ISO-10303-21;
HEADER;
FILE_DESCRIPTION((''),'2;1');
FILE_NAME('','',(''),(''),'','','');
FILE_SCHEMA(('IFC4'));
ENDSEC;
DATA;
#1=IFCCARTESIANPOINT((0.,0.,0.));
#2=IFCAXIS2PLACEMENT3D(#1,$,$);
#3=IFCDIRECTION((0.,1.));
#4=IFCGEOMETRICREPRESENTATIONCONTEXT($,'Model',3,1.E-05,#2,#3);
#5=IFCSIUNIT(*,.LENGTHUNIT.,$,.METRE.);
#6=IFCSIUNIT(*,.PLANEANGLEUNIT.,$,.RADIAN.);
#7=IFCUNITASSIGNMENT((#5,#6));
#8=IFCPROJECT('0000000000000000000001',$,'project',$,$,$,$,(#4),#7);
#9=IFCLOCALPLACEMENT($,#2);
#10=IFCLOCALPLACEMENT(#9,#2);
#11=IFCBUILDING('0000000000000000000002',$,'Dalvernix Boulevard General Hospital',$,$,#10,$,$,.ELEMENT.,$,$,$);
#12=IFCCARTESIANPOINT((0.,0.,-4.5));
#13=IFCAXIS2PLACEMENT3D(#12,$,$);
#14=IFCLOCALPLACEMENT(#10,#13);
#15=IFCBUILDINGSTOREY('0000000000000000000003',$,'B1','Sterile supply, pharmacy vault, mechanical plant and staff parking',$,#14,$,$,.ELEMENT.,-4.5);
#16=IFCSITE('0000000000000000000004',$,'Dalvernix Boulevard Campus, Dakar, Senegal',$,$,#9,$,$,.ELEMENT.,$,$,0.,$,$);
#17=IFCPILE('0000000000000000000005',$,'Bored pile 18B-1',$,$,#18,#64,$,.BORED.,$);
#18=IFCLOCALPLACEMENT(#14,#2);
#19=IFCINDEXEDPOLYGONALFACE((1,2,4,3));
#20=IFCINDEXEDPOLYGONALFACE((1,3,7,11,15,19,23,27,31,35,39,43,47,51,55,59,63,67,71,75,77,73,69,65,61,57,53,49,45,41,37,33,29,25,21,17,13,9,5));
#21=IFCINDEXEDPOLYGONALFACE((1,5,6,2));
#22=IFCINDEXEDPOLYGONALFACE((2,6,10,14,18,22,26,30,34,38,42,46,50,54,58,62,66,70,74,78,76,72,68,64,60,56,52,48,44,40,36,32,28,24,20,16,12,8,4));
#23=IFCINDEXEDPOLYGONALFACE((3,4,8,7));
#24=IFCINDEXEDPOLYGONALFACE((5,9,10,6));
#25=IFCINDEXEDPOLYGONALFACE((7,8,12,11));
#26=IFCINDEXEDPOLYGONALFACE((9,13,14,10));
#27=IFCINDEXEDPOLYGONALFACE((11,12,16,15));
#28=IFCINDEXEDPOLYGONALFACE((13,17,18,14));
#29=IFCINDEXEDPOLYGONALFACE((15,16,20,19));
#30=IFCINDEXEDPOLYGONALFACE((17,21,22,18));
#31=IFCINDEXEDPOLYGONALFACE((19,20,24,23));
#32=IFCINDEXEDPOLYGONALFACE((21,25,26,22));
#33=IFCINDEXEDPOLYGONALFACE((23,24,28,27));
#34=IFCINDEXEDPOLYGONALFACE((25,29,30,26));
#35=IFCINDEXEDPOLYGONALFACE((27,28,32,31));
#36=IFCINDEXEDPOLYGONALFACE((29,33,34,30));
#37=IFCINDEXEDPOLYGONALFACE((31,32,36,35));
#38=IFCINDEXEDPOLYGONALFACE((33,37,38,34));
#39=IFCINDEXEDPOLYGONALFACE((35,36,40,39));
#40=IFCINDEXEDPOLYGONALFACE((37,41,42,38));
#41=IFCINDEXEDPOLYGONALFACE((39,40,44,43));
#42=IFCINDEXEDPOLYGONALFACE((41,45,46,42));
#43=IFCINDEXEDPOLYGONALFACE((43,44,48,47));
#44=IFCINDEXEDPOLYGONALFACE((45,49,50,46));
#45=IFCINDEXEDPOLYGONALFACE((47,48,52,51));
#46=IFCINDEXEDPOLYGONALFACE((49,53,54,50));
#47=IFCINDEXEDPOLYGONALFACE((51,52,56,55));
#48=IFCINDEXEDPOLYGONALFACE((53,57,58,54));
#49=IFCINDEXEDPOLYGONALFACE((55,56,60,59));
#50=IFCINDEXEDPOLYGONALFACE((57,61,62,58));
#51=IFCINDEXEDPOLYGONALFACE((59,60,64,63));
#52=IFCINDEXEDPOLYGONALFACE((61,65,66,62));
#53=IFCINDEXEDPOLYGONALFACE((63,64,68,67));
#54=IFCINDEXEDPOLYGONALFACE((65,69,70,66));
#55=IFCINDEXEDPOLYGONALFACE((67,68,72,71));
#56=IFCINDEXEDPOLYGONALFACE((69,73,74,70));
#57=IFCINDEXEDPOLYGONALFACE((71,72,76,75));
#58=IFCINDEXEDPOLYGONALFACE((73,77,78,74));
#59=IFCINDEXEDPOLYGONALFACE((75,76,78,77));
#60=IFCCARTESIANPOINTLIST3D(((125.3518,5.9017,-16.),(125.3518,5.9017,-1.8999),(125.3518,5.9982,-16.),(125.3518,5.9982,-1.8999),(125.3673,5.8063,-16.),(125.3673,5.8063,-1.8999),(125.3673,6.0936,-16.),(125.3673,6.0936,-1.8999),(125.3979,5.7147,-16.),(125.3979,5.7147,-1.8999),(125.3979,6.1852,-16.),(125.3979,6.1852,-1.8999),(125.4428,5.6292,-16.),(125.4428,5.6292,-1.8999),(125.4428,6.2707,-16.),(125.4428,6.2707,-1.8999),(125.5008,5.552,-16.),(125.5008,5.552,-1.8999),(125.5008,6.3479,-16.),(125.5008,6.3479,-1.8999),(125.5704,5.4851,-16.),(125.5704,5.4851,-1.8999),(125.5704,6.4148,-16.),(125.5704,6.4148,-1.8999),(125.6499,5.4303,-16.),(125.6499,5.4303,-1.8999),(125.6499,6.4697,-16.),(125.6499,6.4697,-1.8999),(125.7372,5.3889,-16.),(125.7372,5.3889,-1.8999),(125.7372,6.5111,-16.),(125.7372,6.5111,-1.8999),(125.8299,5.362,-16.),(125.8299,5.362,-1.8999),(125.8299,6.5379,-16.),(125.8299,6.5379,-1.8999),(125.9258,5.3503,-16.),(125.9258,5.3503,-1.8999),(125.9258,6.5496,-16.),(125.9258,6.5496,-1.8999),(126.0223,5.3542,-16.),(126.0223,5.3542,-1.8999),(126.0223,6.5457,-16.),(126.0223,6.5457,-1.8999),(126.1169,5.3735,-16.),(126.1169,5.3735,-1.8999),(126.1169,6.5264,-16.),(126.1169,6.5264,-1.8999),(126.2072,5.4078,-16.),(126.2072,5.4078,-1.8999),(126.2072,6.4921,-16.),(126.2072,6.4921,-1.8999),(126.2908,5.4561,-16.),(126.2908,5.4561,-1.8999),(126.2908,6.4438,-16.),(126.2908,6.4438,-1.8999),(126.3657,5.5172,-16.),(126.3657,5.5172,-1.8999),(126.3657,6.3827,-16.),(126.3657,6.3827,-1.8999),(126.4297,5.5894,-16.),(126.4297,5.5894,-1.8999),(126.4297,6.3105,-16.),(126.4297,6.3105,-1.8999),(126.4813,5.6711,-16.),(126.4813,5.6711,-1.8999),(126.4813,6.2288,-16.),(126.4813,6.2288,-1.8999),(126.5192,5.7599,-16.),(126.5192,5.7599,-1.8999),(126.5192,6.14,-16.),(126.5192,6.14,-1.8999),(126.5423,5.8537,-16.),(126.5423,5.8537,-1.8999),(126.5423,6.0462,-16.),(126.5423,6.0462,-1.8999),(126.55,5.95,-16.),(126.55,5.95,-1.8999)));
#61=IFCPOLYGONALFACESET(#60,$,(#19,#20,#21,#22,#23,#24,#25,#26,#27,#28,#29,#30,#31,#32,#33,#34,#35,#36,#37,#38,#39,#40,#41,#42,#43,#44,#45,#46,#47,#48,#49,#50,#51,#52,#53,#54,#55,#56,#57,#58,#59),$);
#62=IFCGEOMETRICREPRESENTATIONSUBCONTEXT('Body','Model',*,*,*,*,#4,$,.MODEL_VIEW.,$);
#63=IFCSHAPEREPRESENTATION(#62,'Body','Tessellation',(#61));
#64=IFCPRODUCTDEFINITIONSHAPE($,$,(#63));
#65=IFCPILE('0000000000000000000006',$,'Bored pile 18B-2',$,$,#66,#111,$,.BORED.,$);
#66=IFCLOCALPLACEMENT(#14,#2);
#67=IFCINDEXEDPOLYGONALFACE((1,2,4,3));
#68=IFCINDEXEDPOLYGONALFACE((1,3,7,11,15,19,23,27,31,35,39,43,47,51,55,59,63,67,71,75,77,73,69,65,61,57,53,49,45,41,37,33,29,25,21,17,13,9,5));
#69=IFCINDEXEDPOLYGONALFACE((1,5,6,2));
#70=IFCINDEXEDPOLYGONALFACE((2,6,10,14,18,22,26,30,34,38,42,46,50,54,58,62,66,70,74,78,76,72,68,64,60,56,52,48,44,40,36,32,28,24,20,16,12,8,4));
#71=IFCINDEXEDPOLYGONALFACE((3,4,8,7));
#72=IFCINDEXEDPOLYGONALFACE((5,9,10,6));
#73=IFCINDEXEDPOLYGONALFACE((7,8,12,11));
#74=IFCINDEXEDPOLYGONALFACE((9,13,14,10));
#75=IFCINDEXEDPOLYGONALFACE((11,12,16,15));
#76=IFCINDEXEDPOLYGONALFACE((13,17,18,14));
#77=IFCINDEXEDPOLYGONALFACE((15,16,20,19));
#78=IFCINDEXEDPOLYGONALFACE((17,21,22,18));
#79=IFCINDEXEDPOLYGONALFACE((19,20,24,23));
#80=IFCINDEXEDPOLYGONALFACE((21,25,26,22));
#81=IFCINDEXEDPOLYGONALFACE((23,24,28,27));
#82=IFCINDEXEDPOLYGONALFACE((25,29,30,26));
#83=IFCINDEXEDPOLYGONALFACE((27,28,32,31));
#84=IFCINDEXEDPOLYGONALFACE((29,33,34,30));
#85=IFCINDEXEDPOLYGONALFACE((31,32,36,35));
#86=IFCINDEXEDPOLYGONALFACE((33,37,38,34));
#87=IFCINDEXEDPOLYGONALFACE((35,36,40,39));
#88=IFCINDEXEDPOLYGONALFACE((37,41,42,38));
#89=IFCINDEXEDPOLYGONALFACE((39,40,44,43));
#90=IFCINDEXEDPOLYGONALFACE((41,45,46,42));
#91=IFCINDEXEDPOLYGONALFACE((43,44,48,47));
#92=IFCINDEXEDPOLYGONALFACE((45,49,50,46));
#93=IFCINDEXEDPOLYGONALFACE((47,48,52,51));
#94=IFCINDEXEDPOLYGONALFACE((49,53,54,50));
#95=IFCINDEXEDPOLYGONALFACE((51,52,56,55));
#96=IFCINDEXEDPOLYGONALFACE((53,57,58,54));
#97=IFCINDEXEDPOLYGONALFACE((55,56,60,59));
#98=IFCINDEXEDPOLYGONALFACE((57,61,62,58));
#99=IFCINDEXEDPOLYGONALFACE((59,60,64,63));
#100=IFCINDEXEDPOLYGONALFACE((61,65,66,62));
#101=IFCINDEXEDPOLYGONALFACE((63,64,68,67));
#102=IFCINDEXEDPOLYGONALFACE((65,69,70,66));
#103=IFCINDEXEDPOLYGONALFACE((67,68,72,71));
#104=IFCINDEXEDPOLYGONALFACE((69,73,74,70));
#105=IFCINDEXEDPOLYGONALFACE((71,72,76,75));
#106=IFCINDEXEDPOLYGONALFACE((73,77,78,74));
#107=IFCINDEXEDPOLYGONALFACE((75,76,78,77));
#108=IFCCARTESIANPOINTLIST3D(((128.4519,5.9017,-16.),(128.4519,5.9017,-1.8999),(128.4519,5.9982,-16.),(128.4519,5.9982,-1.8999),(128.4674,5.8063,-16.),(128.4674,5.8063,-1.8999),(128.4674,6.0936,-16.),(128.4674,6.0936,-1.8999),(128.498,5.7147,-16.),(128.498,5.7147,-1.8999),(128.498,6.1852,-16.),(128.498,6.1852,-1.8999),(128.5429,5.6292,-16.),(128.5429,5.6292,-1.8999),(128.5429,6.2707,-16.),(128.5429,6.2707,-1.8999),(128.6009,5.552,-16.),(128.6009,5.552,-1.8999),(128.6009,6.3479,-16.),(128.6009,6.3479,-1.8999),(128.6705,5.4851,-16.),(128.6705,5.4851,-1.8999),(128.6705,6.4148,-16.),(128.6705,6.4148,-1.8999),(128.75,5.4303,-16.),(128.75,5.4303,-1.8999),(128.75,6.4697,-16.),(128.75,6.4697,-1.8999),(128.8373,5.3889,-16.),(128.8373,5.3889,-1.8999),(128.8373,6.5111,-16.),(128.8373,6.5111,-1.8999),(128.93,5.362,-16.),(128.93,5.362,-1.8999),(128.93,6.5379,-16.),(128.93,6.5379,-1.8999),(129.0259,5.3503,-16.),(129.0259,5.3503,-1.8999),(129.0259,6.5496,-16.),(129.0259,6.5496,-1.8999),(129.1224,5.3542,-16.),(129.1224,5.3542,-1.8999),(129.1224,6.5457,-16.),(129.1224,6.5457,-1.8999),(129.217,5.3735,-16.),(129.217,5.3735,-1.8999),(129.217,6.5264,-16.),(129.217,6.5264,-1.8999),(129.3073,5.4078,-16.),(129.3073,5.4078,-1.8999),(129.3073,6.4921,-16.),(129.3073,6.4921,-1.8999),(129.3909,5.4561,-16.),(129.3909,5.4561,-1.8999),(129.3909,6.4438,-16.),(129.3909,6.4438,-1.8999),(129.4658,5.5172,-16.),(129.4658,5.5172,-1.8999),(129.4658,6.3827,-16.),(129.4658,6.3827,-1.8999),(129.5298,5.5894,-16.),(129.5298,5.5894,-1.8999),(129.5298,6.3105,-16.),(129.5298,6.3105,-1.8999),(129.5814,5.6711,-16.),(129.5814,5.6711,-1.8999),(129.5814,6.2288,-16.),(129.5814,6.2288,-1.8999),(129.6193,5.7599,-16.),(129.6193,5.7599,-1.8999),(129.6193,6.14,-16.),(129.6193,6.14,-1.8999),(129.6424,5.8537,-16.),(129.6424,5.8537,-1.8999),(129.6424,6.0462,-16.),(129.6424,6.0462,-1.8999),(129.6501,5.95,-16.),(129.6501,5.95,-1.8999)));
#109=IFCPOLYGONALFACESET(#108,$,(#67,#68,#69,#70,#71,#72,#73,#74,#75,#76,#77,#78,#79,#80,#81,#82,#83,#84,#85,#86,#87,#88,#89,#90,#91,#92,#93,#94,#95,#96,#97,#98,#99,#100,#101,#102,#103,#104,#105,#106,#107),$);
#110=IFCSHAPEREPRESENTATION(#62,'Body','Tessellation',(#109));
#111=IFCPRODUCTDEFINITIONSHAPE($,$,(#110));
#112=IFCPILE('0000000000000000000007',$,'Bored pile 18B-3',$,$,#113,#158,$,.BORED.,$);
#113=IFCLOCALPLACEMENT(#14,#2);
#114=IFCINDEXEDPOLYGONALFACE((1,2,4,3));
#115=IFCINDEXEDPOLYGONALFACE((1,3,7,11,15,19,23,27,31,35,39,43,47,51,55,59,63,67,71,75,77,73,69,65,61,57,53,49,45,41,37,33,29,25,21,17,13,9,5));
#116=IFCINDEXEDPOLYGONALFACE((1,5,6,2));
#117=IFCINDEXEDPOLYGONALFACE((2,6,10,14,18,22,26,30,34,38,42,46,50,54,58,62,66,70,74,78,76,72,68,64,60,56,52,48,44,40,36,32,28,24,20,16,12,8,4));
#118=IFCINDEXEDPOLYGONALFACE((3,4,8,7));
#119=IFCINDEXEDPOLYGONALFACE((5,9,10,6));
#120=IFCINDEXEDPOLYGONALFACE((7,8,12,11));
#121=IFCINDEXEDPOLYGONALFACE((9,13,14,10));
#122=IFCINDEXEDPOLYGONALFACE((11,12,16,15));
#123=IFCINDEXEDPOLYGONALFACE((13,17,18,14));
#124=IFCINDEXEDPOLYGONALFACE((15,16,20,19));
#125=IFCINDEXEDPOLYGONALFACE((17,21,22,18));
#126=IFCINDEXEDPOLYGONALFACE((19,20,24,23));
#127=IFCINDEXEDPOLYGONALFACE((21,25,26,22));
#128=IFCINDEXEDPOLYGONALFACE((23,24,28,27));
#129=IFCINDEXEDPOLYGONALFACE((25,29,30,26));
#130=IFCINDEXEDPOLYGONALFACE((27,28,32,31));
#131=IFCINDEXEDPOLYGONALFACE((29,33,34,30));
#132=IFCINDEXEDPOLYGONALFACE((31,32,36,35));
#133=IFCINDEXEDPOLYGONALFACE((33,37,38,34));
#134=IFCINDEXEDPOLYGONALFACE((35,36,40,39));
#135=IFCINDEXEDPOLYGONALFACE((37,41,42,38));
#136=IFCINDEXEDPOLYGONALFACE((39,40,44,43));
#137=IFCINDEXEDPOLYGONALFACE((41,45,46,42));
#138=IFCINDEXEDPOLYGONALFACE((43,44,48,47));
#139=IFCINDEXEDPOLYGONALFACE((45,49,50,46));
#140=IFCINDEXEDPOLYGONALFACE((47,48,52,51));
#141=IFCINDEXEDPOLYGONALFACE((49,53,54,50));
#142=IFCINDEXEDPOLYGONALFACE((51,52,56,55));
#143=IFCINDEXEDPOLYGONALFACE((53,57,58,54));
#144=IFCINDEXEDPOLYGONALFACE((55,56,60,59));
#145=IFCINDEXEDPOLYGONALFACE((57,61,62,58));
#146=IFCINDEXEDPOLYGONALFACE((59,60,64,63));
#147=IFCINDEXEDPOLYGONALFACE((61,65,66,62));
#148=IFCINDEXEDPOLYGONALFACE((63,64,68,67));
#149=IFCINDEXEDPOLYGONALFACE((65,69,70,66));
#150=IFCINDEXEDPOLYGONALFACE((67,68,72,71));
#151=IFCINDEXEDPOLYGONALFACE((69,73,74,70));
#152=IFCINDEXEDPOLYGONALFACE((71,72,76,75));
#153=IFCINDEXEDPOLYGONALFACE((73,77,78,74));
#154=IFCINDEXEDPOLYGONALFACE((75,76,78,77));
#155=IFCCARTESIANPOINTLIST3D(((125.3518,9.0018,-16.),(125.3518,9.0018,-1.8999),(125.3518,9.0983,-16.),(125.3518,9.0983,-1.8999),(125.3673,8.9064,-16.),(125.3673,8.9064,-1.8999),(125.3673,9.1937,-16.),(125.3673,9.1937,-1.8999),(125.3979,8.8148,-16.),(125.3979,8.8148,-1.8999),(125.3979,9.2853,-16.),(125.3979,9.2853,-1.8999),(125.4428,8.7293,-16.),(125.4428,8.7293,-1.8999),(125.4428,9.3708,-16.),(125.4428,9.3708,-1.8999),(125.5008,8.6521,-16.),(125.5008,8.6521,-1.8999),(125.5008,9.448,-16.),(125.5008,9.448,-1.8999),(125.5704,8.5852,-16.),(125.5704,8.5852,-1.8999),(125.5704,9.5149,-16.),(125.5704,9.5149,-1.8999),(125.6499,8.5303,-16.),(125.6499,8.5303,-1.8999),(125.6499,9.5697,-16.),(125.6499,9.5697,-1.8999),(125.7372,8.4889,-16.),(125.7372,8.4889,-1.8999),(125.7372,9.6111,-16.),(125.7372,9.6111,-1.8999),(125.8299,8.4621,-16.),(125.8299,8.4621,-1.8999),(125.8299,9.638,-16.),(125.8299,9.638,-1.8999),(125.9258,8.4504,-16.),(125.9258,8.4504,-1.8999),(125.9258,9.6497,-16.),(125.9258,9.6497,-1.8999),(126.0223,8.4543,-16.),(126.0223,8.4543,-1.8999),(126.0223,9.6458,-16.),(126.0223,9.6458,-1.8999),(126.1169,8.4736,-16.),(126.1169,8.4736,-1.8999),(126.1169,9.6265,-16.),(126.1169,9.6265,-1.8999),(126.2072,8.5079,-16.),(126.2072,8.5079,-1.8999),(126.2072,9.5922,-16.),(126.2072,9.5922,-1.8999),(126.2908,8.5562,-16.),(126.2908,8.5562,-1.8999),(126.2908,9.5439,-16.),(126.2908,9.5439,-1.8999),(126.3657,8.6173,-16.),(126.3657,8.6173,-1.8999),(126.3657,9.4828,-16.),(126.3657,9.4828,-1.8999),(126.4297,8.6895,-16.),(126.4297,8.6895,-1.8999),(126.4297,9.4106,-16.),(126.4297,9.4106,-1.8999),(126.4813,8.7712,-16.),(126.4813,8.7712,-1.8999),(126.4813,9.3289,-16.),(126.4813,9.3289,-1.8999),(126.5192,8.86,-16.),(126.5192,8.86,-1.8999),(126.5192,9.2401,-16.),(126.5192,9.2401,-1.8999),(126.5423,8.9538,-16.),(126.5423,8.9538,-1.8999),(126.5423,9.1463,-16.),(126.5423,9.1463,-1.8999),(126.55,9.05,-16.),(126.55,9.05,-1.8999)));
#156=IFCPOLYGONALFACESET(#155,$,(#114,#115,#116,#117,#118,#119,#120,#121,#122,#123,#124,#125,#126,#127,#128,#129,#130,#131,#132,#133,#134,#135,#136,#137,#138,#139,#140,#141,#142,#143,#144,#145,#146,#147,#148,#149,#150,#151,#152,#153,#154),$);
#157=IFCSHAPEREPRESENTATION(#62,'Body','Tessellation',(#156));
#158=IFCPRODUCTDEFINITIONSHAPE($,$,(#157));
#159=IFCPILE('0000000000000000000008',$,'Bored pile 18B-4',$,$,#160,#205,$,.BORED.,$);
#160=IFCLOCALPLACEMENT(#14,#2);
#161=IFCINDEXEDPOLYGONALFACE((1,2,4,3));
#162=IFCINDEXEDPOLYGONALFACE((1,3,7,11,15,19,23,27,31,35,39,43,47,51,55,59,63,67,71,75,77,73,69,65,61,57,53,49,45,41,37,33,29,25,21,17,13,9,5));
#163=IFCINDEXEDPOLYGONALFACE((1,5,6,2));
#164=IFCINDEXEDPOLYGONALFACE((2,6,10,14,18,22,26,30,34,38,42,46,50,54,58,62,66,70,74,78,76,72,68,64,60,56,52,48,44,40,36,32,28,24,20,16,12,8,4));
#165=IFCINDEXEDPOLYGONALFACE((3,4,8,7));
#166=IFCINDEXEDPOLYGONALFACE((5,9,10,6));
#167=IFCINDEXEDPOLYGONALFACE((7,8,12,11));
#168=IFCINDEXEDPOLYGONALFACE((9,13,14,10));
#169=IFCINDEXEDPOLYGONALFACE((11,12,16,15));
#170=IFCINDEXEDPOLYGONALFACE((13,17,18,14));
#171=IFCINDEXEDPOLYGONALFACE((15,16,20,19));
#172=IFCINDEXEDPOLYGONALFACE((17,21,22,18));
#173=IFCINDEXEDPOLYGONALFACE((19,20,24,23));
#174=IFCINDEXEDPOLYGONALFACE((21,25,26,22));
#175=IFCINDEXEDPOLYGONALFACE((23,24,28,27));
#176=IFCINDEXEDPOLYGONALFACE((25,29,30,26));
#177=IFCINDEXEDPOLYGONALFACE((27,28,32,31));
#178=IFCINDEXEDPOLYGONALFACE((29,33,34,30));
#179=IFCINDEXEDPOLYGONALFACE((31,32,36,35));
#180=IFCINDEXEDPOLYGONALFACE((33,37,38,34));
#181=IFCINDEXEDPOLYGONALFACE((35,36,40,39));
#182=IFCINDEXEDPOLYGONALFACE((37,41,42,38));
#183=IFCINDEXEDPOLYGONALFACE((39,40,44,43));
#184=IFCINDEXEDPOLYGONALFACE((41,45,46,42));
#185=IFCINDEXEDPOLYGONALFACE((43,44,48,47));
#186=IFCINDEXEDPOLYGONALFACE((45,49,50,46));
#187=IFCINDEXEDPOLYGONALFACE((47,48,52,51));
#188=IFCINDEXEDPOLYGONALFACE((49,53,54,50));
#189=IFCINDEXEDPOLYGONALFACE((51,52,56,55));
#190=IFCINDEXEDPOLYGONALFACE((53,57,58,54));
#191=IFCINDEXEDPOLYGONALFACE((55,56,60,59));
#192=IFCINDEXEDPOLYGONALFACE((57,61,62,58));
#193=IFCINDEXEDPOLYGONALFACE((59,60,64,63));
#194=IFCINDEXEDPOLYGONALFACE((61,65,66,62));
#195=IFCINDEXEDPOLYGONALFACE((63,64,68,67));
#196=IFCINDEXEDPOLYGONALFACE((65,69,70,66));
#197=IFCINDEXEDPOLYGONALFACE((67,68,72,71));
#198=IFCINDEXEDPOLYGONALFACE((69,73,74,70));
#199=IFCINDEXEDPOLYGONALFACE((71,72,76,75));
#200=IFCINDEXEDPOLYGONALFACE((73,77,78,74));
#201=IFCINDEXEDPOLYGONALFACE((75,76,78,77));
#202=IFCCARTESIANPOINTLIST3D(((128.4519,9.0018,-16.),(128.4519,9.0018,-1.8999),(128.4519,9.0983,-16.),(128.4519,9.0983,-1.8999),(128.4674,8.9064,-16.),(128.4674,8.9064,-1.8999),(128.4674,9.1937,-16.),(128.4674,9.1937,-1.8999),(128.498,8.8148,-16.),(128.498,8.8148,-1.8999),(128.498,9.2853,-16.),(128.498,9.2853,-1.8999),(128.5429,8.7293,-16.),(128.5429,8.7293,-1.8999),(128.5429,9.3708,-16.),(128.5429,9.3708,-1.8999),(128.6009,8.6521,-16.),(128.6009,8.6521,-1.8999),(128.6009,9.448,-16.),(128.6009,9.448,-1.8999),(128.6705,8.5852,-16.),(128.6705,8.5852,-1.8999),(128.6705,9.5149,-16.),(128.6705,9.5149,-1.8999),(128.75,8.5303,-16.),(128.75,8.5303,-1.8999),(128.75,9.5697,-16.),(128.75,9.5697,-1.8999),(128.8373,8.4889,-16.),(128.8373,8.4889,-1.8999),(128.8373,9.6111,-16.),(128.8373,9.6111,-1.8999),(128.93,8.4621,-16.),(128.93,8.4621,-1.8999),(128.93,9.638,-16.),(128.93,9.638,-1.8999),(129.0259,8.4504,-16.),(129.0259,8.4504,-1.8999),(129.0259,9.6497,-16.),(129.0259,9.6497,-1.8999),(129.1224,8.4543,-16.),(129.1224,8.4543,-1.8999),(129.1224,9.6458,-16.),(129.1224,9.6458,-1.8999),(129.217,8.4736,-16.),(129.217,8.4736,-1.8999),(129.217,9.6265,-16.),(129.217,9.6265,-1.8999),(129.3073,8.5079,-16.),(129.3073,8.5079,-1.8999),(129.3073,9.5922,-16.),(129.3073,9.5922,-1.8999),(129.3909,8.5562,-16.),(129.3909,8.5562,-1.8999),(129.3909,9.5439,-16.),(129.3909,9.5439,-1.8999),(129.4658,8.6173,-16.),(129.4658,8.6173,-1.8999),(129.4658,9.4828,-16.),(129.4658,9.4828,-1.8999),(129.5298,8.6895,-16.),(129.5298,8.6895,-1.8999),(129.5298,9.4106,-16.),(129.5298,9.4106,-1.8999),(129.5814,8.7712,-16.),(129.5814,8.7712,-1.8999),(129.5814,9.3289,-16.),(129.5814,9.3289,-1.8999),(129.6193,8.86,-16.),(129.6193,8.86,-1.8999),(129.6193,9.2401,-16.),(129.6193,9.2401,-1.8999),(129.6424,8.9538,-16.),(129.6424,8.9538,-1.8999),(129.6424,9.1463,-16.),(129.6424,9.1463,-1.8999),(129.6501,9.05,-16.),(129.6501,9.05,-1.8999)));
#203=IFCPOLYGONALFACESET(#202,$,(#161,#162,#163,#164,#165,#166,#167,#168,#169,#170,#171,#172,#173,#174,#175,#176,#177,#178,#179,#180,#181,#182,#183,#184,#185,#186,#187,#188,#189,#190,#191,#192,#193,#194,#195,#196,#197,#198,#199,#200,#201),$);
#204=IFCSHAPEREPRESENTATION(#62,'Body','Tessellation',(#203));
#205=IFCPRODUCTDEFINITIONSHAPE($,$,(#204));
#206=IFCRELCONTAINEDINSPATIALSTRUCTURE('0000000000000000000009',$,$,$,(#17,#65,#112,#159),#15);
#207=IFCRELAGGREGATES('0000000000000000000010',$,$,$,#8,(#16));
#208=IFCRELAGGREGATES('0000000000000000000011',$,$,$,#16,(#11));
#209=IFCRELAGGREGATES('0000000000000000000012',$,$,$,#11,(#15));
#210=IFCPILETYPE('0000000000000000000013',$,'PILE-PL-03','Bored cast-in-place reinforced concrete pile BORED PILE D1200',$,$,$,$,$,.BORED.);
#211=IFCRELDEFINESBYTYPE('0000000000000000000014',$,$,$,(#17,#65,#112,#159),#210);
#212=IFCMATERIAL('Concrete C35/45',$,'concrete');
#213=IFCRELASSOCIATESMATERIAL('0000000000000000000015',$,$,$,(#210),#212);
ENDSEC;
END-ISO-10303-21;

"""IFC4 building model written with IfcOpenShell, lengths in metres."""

from ifc_helpers import new_model, si_unit, direction, frame, origin, origin_2d, place, context, subcontext, project, spatial, circle, extrude, material, material_profile, profile_set, type_object, element, save


model = new_model("IFC4")

# Units and contexts
model_context = context("Model", 3, precision=1e-05, world=origin(), true_north=direction((0.0, 1.0)))
body_context = subcontext(model_context, "Body", "Model", "MODEL_VIEW")
ifc_project = project(units=[si_unit("LENGTHUNIT", "METRE"), si_unit("PLANEANGLEUNIT", "RADIAN")], contexts=[model_context])

# Site, building, storey
site_placement = place(None, origin())
site = spatial("IfcSite", under=ifc_project, at=site_placement, Name="Dalvernix Boulevard Campus, Dakar, Senegal", CompositionType="ELEMENT", RefElevation=0.0)
building_placement = place(site_placement, origin())
building = spatial("IfcBuilding", under=site, at=building_placement, Name="Dalvernix Boulevard General Hospital", CompositionType="ELEMENT")
storey_placement = place(building_placement, frame((0.0, 0.0, -4.5)))
storey = spatial("IfcBuildingStorey", under=building, at=storey_placement, Name="B1", Description="Sterile supply, pharmacy vault, mechanical plant and staff parking", CompositionType="ELEMENT", Elevation=-4.5)

# Shared definitions
ifc_material_1 = material(Name="Concrete C35/45", Category="concrete")

# Piles
ifc_material_profile_1 = material_profile(ifc_material_1, circle(Radius=0.6001, at=origin_2d()), Name="BORED PILE D1200")
ifc_profile_set_1 = profile_set([ifc_material_profile_1], Name="Concrete C35/45")
pile_type_1 = type_object("IfcPileType", Name="PILE-PL-03", Description="Bored cast-in-place reinforced concrete pile BORED PILE D1200", PredefinedType="BORED", material=ifc_profile_set_1)
for number, where, z_axis, x_axis, name in (
    (1, (125.95, 5.95, -1.8999), (0.0, 0.0, -1.0), (1.0, 0.0, 0.0), "Bored pile 18B-1"),
    (2, (129.05, 5.95, -1.8999), (0.0, 0.0, -1.0), (1.0, 0.0, 0.0), "Bored pile 18B-2"),
    (3, (125.95, 9.05, -1.8999), (0.0, 0.0, -1.0), (1.0, 0.0, 0.0), "Bored pile 18B-3"),
    (4, (129.05, 9.05, -1.8999), (0.0, 0.0, -1.0), (1.0, 0.0, 0.0), "Bored pile 18B-4"),
):
    element("IfcPile", number, at=place(storey_placement, frame(where, z_axis=z_axis, x_axis=x_axis)), inside=storey, type_object=pile_type_1, Name=name, PredefinedType="BORED", context=body_context, shape_type="SweptSolid", body=[
        extrude(circle(Radius=0.6001, at=origin_2d()), origin(), (0.0, 0.0, 1.0), 14.1001),
    ])

save(model, "model.ifc")
